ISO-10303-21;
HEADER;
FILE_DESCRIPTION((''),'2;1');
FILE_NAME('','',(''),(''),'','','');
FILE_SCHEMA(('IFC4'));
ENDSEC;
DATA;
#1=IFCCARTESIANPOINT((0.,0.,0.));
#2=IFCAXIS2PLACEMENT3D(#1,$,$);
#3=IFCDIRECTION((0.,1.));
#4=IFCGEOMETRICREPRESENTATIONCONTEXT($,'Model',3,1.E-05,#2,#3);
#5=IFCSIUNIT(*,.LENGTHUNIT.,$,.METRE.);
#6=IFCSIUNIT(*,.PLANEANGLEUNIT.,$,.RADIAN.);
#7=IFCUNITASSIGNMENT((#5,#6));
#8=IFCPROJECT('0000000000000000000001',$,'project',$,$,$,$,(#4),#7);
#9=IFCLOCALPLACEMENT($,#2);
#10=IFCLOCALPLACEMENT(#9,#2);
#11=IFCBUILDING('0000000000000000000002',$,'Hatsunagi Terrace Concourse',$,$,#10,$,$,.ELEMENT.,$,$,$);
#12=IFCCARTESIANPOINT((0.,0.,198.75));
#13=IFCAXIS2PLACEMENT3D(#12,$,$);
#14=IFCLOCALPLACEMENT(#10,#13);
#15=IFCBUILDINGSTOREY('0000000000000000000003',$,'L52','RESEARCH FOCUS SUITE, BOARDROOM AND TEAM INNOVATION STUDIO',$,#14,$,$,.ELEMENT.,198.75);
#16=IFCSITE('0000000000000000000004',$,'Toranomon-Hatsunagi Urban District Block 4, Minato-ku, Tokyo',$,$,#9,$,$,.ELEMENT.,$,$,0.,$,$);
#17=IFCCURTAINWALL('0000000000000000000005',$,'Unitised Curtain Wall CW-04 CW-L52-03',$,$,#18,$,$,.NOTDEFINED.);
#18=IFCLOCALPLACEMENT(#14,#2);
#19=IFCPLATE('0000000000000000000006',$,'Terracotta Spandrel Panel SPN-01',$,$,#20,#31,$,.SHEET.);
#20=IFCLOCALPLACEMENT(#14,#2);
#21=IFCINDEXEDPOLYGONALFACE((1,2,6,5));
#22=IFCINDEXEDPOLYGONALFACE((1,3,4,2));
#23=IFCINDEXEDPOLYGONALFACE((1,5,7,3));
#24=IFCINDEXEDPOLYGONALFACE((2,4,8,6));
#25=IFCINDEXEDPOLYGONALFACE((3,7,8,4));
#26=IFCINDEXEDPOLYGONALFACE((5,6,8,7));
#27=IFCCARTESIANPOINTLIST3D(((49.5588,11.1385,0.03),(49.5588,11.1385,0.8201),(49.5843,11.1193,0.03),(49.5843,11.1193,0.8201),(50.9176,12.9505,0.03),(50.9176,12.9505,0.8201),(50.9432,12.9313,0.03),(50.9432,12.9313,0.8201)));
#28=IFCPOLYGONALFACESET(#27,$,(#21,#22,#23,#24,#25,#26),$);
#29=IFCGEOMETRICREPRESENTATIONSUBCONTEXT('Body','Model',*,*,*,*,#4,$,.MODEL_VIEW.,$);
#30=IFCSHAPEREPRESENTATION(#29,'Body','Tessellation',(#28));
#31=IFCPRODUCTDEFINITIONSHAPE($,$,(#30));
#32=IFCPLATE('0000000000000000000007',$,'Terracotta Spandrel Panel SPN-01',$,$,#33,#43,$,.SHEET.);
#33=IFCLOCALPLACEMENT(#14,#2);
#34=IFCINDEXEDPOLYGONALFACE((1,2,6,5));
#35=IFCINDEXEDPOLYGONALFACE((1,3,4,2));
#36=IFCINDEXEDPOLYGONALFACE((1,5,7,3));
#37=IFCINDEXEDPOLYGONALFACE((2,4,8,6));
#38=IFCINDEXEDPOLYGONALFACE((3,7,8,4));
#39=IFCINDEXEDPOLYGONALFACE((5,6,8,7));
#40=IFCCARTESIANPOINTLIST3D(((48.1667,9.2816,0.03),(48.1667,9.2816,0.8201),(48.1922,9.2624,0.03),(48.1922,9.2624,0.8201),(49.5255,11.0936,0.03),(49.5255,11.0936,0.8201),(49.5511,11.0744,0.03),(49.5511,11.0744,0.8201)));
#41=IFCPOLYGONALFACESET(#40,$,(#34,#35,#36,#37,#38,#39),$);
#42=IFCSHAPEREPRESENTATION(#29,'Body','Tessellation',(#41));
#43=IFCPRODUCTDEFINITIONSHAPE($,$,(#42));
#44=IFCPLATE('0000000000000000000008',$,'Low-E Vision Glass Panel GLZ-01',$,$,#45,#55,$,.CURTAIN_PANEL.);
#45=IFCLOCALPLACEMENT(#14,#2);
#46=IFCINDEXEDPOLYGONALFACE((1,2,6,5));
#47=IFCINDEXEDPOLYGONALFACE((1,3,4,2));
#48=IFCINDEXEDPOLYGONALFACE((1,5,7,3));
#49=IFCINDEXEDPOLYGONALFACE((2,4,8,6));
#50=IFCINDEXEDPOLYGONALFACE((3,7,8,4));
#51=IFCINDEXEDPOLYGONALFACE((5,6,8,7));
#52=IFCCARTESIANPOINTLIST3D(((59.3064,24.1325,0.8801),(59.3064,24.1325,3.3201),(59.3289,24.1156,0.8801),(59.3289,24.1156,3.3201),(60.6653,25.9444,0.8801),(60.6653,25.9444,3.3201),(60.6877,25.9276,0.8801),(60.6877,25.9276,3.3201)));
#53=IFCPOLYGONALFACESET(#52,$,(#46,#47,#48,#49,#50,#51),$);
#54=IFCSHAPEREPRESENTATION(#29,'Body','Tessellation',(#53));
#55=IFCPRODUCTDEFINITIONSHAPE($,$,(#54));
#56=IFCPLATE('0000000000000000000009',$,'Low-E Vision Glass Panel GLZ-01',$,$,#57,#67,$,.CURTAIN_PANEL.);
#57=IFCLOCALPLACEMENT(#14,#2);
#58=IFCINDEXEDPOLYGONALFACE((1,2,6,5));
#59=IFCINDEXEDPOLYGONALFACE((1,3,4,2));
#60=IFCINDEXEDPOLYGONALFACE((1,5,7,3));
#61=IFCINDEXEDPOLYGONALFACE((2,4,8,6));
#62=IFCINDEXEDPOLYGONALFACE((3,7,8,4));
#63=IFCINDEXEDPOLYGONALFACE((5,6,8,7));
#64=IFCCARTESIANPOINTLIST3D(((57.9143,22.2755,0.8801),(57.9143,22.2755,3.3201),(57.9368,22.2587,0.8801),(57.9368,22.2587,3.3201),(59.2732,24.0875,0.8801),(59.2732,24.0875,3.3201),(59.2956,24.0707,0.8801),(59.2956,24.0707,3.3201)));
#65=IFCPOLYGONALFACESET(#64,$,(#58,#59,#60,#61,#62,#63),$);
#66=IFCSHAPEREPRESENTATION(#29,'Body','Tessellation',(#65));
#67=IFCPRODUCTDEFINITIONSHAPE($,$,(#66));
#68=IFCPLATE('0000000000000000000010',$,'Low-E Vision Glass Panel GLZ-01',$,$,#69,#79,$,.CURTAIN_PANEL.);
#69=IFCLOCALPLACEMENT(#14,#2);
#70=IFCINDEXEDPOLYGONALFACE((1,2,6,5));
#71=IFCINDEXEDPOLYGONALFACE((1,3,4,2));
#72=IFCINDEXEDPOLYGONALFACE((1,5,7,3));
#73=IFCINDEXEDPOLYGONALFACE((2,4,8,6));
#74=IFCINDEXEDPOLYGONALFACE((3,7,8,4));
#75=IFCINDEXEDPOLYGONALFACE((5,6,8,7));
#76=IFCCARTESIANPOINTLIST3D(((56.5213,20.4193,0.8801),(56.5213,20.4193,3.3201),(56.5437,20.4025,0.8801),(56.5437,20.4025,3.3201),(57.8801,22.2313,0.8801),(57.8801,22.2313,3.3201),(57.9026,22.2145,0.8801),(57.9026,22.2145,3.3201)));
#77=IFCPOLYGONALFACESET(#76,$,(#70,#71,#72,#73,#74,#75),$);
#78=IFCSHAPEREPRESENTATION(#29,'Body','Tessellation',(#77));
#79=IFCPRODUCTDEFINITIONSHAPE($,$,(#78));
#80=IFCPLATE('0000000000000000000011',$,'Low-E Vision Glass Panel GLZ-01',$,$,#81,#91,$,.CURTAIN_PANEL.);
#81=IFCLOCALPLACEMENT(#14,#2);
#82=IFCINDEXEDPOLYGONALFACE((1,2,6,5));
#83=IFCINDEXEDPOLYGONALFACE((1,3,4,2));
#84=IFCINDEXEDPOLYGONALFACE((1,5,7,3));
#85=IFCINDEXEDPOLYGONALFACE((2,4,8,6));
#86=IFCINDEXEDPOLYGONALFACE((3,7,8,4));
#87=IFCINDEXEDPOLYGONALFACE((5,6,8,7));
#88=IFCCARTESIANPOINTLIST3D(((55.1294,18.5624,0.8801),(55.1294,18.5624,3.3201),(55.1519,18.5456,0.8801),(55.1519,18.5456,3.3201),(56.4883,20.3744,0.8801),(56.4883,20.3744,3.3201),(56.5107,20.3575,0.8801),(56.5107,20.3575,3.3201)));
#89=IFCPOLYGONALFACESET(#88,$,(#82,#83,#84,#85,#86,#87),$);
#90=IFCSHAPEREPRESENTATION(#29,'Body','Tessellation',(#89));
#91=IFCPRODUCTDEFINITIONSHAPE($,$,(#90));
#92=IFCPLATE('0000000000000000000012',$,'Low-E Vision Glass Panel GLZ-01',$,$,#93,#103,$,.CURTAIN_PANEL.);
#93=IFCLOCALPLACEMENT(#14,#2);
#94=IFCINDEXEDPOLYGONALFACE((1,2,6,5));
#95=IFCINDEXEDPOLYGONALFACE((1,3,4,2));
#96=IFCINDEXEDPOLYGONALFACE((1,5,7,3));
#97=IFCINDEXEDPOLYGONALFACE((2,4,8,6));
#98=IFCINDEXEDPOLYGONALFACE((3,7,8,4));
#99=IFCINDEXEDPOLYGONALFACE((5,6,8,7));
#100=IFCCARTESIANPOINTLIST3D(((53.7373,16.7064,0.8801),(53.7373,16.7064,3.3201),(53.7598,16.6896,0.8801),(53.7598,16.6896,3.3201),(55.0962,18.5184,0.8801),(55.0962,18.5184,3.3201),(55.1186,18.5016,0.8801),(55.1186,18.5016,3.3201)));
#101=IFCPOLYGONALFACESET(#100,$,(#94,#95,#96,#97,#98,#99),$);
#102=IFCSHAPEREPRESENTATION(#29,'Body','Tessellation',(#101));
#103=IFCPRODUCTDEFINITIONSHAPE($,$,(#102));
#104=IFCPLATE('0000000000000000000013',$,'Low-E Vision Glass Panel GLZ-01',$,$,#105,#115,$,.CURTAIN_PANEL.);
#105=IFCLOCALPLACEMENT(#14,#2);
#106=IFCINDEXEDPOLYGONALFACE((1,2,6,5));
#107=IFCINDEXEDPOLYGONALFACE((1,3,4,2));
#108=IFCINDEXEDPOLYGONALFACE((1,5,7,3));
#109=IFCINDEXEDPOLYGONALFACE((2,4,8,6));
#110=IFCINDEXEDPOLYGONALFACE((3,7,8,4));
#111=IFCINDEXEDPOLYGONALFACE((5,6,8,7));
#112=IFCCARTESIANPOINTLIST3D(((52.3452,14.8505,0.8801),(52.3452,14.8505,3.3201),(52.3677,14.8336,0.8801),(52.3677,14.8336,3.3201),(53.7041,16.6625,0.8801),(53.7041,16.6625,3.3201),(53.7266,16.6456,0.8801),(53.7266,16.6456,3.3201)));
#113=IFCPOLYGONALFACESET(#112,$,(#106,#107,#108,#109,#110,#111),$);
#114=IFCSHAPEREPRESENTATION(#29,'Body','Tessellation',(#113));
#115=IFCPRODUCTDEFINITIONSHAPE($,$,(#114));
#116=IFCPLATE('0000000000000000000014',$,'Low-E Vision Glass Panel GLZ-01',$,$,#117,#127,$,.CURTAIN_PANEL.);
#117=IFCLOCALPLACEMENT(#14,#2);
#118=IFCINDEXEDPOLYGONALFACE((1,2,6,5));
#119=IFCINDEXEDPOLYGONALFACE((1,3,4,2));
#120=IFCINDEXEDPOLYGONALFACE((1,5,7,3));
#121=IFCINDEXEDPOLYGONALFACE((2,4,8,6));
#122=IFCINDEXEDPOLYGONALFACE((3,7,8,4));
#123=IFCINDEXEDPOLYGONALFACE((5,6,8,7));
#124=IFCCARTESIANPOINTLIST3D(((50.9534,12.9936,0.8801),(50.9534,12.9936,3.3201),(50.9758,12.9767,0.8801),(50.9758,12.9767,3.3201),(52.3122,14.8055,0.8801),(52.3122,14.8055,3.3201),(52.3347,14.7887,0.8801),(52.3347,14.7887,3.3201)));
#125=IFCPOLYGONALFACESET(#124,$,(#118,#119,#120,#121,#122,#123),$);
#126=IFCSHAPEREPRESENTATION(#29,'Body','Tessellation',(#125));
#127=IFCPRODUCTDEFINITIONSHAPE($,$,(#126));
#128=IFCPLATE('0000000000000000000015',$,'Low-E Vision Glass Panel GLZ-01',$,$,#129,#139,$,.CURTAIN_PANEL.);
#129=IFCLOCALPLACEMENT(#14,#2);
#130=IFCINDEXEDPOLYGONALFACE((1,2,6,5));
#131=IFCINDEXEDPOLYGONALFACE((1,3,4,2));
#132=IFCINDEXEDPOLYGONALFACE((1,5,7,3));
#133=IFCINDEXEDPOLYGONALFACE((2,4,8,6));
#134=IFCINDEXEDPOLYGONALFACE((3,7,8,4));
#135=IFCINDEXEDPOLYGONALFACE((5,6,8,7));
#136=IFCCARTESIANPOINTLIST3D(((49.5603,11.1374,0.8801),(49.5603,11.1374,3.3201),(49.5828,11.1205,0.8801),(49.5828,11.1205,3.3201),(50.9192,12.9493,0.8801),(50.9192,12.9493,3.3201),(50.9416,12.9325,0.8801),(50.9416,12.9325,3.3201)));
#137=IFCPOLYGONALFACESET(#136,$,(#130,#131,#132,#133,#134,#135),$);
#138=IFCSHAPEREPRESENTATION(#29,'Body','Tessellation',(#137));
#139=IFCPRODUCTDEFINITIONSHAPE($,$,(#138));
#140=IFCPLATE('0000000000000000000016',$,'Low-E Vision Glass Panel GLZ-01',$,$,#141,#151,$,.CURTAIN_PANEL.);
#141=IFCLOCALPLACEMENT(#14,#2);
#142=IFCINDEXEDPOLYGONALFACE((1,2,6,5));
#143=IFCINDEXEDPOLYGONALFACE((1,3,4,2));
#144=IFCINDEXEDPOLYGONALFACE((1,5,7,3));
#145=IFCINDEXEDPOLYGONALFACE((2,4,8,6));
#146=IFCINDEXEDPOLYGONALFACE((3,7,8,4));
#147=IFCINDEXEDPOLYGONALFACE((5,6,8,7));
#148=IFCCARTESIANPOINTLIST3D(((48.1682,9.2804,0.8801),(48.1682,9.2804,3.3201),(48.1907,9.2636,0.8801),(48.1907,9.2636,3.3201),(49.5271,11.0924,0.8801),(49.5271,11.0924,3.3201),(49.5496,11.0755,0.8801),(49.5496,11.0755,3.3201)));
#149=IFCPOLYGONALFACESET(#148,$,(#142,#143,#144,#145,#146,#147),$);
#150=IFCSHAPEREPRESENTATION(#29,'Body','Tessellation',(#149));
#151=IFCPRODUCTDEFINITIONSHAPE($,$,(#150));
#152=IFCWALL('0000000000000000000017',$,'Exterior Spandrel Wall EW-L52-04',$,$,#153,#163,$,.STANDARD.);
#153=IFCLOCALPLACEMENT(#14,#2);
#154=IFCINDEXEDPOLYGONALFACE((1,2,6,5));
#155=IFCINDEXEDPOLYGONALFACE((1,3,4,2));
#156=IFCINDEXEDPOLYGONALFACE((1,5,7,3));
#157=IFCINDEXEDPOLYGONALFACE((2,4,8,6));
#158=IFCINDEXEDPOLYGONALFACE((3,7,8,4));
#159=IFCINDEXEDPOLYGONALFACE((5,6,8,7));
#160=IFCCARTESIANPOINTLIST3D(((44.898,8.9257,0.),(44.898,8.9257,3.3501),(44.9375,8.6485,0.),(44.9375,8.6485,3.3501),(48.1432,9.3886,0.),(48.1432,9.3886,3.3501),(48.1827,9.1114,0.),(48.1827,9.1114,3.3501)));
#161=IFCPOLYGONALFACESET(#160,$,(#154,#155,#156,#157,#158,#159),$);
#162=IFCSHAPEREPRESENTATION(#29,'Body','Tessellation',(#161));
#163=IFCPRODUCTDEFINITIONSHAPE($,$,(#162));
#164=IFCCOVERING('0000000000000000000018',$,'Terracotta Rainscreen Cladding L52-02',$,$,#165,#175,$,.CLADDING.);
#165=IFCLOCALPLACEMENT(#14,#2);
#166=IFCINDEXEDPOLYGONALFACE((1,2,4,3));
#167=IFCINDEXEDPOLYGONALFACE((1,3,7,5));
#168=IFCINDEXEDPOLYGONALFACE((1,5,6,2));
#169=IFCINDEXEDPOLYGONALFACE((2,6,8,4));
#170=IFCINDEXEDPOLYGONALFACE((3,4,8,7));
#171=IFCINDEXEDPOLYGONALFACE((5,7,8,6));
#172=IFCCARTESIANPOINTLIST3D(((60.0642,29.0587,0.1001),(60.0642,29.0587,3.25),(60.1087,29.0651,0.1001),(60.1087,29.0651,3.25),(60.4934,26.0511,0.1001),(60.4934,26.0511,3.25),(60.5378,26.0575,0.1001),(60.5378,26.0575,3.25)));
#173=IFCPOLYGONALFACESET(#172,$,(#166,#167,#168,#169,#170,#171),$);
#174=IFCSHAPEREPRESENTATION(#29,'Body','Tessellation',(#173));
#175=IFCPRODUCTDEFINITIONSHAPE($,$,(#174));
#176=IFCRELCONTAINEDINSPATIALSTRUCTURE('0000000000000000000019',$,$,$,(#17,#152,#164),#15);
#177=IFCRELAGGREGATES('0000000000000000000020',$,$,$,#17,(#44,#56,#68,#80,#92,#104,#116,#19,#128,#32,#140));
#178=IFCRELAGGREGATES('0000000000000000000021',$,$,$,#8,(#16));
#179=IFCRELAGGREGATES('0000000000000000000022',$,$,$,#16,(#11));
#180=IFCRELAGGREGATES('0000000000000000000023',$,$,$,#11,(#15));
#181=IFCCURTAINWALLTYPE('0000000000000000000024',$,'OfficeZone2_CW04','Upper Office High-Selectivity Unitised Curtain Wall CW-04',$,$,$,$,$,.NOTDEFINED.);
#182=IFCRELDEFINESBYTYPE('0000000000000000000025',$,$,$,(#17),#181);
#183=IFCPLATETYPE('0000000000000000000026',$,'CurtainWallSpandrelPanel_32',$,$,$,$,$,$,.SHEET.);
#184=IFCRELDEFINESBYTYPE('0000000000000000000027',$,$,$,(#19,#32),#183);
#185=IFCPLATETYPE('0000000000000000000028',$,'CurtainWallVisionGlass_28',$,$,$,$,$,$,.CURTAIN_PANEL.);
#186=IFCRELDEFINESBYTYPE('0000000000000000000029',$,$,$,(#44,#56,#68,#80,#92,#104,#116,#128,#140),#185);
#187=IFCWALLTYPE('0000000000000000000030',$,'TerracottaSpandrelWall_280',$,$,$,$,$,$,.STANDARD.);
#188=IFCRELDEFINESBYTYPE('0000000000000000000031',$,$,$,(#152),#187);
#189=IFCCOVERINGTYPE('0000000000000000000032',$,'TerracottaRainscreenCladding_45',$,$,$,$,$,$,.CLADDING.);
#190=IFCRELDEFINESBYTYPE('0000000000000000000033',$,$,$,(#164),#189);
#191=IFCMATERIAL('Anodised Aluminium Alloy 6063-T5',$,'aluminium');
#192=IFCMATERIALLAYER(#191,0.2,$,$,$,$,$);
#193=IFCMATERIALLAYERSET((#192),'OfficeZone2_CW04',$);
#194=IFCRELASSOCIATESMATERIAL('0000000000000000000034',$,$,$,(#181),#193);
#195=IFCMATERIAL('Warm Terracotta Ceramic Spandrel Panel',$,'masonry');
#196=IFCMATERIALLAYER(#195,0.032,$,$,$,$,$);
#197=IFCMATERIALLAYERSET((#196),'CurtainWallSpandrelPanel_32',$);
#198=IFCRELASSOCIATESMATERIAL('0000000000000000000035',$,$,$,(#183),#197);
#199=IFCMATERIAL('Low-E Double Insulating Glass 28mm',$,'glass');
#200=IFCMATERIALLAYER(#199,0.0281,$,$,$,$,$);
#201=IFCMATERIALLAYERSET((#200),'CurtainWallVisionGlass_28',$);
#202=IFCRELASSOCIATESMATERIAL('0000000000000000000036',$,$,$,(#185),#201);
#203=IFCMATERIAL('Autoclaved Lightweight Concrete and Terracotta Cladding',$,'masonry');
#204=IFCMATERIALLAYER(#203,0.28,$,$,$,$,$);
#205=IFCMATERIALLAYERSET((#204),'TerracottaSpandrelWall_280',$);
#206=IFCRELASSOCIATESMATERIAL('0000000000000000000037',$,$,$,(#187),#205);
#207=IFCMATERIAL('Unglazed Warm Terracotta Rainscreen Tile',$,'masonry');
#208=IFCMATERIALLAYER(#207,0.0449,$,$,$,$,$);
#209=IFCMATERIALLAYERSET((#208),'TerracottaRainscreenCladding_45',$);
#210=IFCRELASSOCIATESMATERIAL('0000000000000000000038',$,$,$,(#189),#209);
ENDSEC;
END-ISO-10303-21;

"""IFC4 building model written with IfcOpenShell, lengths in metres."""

from ifc_helpers import new_model, si_unit, direction, frame, frame_2d, origin, origin_2d, place, context, subcontext, project, spatial, rectangle, extrude, material, layer, layer_set, type_object, element, aggregate, save


model = new_model("IFC4")

# Units and contexts
model_context = context("Model", 3, precision=1e-05, world=origin(), true_north=direction((0.0, 1.0)))
body_context = subcontext(model_context, "Body", "Model", "MODEL_VIEW")
ifc_project = project(units=[si_unit("LENGTHUNIT", "METRE"), si_unit("PLANEANGLEUNIT", "RADIAN")], contexts=[model_context])

# Site, building, storey
site_placement = place(None, origin())
site = spatial("IfcSite", under=ifc_project, at=site_placement, Name="Toranomon-Hatsunagi Urban District Block 4, Minato-ku, Tokyo", CompositionType="ELEMENT", RefElevation=0.0)
building_placement = place(site_placement, origin())
building = spatial("IfcBuilding", under=site, at=building_placement, Name="Hatsunagi Terrace Concourse", CompositionType="ELEMENT")
storey_placement = place(building_placement, frame((0.0, 0.0, 198.75)))
storey = spatial("IfcBuildingStorey", under=building, at=storey_placement, Name="L52", Description="RESEARCH FOCUS SUITE, BOARDROOM AND TEAM INNOVATION STUDIO", CompositionType="ELEMENT", Elevation=198.75)

# Curtain wall
ifc_material_1 = material(Name="Anodised Aluminium Alloy 6063-T5", Category="aluminium")
ifc_layer_1 = layer(ifc_material_1, 0.2)
ifc_layer_set_1 = layer_set([ifc_layer_1], Name="OfficeZone2_CW04")
curtain_wall_type = type_object("IfcCurtainWallType", Name="OfficeZone2_CW04", Description="Upper Office High-Selectivity Unitised Curtain Wall CW-04", PredefinedType="NOTDEFINED", material=ifc_layer_set_1)
curtain_wall_placement = place(storey_placement, origin())
curtain_wall = element("IfcCurtainWall", 1, at=curtain_wall_placement, inside=storey, type_object=curtain_wall_type, Name="Unitised Curtain Wall CW-04 CW-L52-03", PredefinedType="NOTDEFINED")

# Plates
ifc_material_2 = material(Name="Warm Terracotta Ceramic Spandrel Panel", Category="masonry")
ifc_layer_2 = layer(ifc_material_2, 0.032)
ifc_layer_set_2 = layer_set([ifc_layer_2], Name="CurtainWallSpandrelPanel_32")
plate_type_1 = type_object("IfcPlateType", Name="CurtainWallSpandrelPanel_32", PredefinedType="SHEET", material=ifc_layer_set_2)
plate_1_placement = place(storey_placement, frame((50.251, 12.0349, 0.03), z_axis=(0.0, 0.0, 1.0), x_axis=(-0.599969, -0.800023, 0.0)))
plate_1 = element("IfcPlate", 2, at=plate_1_placement, type_object=plate_type_1, Name="Terracotta Spandrel Panel SPN-01", PredefinedType="SHEET", context=body_context, shape_type="SweptSolid", body=[
    extrude(rectangle(XDim=2.2649, YDim=0.032, at=origin_2d()), origin(), (0.0, 0.0, 1.0), 0.79),
])
plate_2_placement = place(storey_placement, frame((48.8589, 10.178, 0.03), z_axis=(0.0, 0.0, 1.0), x_axis=(-0.599969, -0.800023, 0.0)))
plate_2 = element("IfcPlate", 3, at=plate_2_placement, type_object=plate_type_1, Name="Terracotta Spandrel Panel SPN-01", PredefinedType="SHEET", context=body_context, shape_type="SweptSolid", body=[
    extrude(rectangle(XDim=2.2649, YDim=0.032, at=origin_2d()), origin(), (0.0, 0.0, 1.0), 0.79),
])
ifc_material_3 = material(Name="Low-E Double Insulating Glass 28mm", Category="glass")
ifc_layer_3 = layer(ifc_material_3, 0.0281)
ifc_layer_set_3 = layer_set([ifc_layer_3], Name="CurtainWallVisionGlass_28")
plate_type_2 = type_object("IfcPlateType", Name="CurtainWallVisionGlass_28", PredefinedType="CURTAIN_PANEL", material=ifc_layer_set_3)
plate_3_placement = place(storey_placement, frame((59.9971, 25.03, 0.8801), z_axis=(0.0, 0.0, 1.0), x_axis=(-0.599969, -0.800023, 0.0)))
plate_3 = element("IfcPlate", 4, at=plate_3_placement, type_object=plate_type_2, Name="Low-E Vision Glass Panel GLZ-01", PredefinedType="CURTAIN_PANEL", context=body_context, shape_type="SweptSolid", body=[
    extrude(rectangle(XDim=2.2649, YDim=0.0281, at=origin_2d()), origin(), (0.0, 0.0, 1.0), 2.4399),
])
plate_4_placement = place(storey_placement, frame((58.605, 23.1731, 0.8801), z_axis=(0.0, 0.0, 1.0), x_axis=(-0.599969, -0.800023, 0.0)))
plate_4 = element("IfcPlate", 5, at=plate_4_placement, type_object=plate_type_2, Name="Low-E Vision Glass Panel GLZ-01", PredefinedType="CURTAIN_PANEL", context=body_context, shape_type="SweptSolid", body=[
    extrude(rectangle(XDim=2.2649, YDim=0.0281, at=origin_2d()), origin(), (0.0, 0.0, 1.0), 2.4399),
])
plate_5_placement = place(storey_placement, frame((57.2119, 21.3169, 0.8801), z_axis=(0.0, 0.0, 1.0), x_axis=(-0.599969, -0.800023, 0.0)))
plate_5 = element("IfcPlate", 6, at=plate_5_placement, type_object=plate_type_2, Name="Low-E Vision Glass Panel GLZ-01", PredefinedType="CURTAIN_PANEL", context=body_context, shape_type="SweptSolid", body=[
    extrude(rectangle(XDim=2.2649, YDim=0.0281, at=origin_2d()), origin(), (0.0, 0.0, 1.0), 2.4399),
])
plate_6_placement = place(storey_placement, frame((55.8201, 19.46, 0.8801), z_axis=(0.0, 0.0, 1.0), x_axis=(-0.599969, -0.800023, 0.0)))
plate_6 = element("IfcPlate", 7, at=plate_6_placement, type_object=plate_type_2, Name="Low-E Vision Glass Panel GLZ-01", PredefinedType="CURTAIN_PANEL", context=body_context, shape_type="SweptSolid", body=[
    extrude(rectangle(XDim=2.2649, YDim=0.0281, at=origin_2d()), origin(), (0.0, 0.0, 1.0), 2.4399),
])
plate_7_placement = place(storey_placement, frame((54.428, 17.604, 0.8801), z_axis=(0.0, 0.0, 1.0), x_axis=(-0.599969, -0.800023, 0.0)))
plate_7 = element("IfcPlate", 8, at=plate_7_placement, type_object=plate_type_2, Name="Low-E Vision Glass Panel GLZ-01", PredefinedType="CURTAIN_PANEL", context=body_context, shape_type="SweptSolid", body=[
    extrude(rectangle(XDim=2.2649, YDim=0.0281, at=origin_2d()), origin(), (0.0, 0.0, 1.0), 2.4399),
])
plate_8_placement = place(storey_placement, frame((53.0359, 15.748, 0.8801), z_axis=(0.0, 0.0, 1.0), x_axis=(-0.599969, -0.800023, 0.0)))
plate_8 = element("IfcPlate", 9, at=plate_8_placement, type_object=plate_type_2, Name="Low-E Vision Glass Panel GLZ-01", PredefinedType="CURTAIN_PANEL", context=body_context, shape_type="SweptSolid", body=[
    extrude(rectangle(XDim=2.2649, YDim=0.0281, at=origin_2d()), origin(), (0.0, 0.0, 1.0), 2.4399),
])
plate_9_placement = place(storey_placement, frame((51.644, 13.8911, 0.8801), z_axis=(0.0, 0.0, 1.0), x_axis=(-0.599969, -0.800023, 0.0)))
plate_9 = element("IfcPlate", 10, at=plate_9_placement, type_object=plate_type_2, Name="Low-E Vision Glass Panel GLZ-01", PredefinedType="CURTAIN_PANEL", context=body_context, shape_type="SweptSolid", body=[
    extrude(rectangle(XDim=2.2649, YDim=0.0281, at=origin_2d()), origin(), (0.0, 0.0, 1.0), 2.4399),
])
plate_10_placement = place(storey_placement, frame((50.251, 12.0349, 0.8801), z_axis=(0.0, 0.0, 1.0), x_axis=(-0.599969, -0.800023, 0.0)))
plate_10 = element("IfcPlate", 11, at=plate_10_placement, type_object=plate_type_2, Name="Low-E Vision Glass Panel GLZ-01", PredefinedType="CURTAIN_PANEL", context=body_context, shape_type="SweptSolid", body=[
    extrude(rectangle(XDim=2.2649, YDim=0.0281, at=origin_2d()), origin(), (0.0, 0.0, 1.0), 2.4399),
])
plate_11_placement = place(storey_placement, frame((48.8589, 10.178, 0.8801), z_axis=(0.0, 0.0, 1.0), x_axis=(-0.599969, -0.800023, 0.0)))
plate_11 = element("IfcPlate", 12, at=plate_11_placement, type_object=plate_type_2, Name="Low-E Vision Glass Panel GLZ-01", PredefinedType="CURTAIN_PANEL", context=body_context, shape_type="SweptSolid", body=[
    extrude(rectangle(XDim=2.2649, YDim=0.0281, at=origin_2d()), origin(), (0.0, 0.0, 1.0), 2.4399),
])
aggregate(curtain_wall, [plate_3, plate_4, plate_5, plate_6, plate_7, plate_8, plate_9, plate_1, plate_10, plate_2, plate_11])

# Wall
ifc_material_4 = material(Name="Autoclaved Lightweight Concrete and Terracotta Cladding", Category="masonry")
ifc_layer_4 = layer(ifc_material_4, 0.28)
ifc_layer_set_4 = layer_set([ifc_layer_4], Name="TerracottaSpandrelWall_280")
wall_type = type_object("IfcWallType", Name="TerracottaSpandrelWall_280", PredefinedType="STANDARD", material=ifc_layer_set_4)
wall_placement = place(storey_placement, frame((48.1631, 9.25, 0.0), z_axis=(0.0, 0.0, 1.0), x_axis=(-0.989979, -0.141213, 0.0)))
element("IfcWall", 13, at=wall_placement, inside=storey, type_object=wall_type, Name="Exterior Spandrel Wall EW-L52-04", PredefinedType="STANDARD", context=body_context, shape_type="SweptSolid", body=[
    extrude(rectangle(XDim=3.2781, YDim=0.28, at=frame_2d((1.6392, 0.0))), origin(), (0.0, 0.0, 1.0), 3.3501),
])

# Covering
ifc_material_5 = material(Name="Unglazed Warm Terracotta Rainscreen Tile", Category="masonry")
ifc_layer_5 = layer(ifc_material_5, 0.0449)
ifc_layer_set_5 = layer_set([ifc_layer_5], Name="TerracottaRainscreenCladding_45")
covering_type = type_object("IfcCoveringType", Name="TerracottaRainscreenCladding_45", PredefinedType="CLADDING", material=ifc_layer_set_5)
covering_placement = place(storey_placement, frame((60.301, 27.5581, 0.1001), z_axis=(0.0, 0.0, 1.0), x_axis=(0.14125, -0.989974, 0.0)))
element("IfcCovering", 14, at=covering_placement, inside=storey, type_object=covering_type, Name="Terracotta Rainscreen Cladding L52-02", PredefinedType="CLADDING", context=body_context, shape_type="SweptSolid", body=[
    extrude(rectangle(XDim=3.0381, YDim=0.0449, at=origin_2d()), origin(), (0.0, 0.0, 1.0), 3.1499),
])

save(model, "model.ifc")
